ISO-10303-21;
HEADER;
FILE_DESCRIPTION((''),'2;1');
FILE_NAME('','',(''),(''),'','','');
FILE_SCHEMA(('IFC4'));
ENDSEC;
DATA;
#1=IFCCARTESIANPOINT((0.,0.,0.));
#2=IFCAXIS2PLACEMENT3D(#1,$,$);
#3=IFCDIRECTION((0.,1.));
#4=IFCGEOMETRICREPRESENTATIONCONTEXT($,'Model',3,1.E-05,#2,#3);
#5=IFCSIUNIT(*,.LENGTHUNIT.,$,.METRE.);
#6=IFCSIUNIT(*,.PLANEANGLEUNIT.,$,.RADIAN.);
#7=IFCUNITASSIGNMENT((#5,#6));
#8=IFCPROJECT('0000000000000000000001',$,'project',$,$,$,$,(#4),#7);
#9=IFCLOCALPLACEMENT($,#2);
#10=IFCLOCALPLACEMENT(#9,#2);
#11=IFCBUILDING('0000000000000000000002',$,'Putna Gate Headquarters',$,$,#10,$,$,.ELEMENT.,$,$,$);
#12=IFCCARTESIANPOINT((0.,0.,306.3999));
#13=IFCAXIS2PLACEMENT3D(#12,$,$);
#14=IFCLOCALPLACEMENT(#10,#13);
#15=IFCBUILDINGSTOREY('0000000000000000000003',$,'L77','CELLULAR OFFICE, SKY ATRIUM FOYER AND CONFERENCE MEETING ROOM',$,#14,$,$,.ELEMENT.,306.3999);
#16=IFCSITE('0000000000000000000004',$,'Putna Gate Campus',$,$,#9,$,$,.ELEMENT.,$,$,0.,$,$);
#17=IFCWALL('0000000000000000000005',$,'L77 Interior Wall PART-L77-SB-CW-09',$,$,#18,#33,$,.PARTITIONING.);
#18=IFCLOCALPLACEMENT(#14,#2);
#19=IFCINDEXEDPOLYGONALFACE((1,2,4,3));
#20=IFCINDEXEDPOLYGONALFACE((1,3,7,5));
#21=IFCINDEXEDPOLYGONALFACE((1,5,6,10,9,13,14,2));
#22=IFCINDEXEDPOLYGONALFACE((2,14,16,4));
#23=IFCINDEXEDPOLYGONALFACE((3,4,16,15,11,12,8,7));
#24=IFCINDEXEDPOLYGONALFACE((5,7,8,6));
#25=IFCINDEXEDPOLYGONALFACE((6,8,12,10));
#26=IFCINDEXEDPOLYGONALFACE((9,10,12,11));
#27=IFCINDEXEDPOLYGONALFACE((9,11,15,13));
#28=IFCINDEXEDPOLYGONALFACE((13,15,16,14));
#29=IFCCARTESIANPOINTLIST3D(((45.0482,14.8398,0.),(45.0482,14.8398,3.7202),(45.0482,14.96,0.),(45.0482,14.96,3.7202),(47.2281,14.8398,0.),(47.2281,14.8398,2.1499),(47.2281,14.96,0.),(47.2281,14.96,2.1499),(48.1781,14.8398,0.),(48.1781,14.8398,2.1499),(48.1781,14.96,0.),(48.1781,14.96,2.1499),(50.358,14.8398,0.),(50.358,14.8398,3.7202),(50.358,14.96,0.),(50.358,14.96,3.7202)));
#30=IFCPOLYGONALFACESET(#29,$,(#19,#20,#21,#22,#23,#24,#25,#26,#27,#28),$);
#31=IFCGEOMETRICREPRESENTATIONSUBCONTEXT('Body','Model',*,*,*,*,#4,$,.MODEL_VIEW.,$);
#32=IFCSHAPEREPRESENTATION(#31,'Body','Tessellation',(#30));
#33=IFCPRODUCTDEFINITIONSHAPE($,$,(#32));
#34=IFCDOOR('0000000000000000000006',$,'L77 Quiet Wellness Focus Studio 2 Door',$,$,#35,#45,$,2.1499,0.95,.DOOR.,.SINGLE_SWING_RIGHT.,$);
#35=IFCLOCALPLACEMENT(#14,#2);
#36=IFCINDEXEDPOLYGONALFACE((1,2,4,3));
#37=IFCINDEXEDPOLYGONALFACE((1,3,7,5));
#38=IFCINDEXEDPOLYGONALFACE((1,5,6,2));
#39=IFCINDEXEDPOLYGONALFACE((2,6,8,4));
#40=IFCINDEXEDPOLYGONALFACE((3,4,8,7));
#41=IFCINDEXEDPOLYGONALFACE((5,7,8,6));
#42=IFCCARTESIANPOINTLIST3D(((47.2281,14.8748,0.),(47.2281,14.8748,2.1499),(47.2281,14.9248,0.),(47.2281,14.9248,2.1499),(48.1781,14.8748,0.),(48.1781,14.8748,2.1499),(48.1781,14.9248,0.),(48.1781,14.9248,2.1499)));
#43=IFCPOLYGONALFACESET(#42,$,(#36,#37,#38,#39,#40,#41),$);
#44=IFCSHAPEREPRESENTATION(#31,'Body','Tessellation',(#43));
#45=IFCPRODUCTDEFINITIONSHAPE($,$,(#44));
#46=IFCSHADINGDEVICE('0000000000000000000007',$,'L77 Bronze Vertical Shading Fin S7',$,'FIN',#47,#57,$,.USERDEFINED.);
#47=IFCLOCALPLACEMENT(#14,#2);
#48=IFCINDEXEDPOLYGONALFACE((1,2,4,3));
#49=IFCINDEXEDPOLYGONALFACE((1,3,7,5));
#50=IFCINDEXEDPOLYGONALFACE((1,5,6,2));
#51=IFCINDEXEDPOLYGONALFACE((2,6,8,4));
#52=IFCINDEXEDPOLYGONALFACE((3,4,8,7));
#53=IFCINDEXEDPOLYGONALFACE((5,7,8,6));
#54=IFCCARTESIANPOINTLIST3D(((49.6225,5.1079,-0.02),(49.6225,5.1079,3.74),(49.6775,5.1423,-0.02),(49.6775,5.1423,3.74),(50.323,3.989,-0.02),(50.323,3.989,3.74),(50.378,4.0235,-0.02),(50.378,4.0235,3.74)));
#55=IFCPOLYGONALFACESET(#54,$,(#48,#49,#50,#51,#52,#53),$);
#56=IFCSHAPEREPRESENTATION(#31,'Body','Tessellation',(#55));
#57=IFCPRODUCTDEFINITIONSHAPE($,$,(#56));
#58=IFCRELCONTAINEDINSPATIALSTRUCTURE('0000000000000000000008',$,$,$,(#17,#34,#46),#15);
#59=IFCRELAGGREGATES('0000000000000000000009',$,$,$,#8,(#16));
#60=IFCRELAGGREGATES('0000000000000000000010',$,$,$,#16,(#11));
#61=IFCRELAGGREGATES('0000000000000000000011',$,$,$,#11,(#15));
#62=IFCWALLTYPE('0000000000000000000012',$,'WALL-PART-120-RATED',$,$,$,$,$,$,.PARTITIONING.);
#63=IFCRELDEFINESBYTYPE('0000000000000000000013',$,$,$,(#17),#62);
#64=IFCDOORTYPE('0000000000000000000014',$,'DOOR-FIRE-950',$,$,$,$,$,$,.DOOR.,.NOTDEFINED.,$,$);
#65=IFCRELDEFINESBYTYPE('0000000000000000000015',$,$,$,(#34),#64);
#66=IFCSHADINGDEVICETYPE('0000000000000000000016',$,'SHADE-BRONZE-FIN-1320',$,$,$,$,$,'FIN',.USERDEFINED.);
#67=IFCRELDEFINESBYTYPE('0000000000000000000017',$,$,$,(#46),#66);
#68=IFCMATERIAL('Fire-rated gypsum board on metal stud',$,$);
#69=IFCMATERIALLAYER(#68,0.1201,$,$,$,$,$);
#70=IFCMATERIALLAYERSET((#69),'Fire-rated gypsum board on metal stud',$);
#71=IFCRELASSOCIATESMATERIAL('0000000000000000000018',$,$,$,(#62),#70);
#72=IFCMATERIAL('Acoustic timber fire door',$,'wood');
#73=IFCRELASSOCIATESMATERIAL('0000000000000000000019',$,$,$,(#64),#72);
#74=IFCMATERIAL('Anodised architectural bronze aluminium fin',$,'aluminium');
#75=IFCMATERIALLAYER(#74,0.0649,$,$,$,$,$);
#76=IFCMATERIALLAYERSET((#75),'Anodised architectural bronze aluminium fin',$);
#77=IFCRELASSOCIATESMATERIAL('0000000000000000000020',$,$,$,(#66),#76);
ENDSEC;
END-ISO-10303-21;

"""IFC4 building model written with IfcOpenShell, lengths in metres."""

from ifc_helpers import new_model, si_unit, direction, frame, frame_2d, origin, origin_2d, place, context, subcontext, project, spatial, rectangle, extrude, material, layer, layer_set, type_object, element, fill, save


model = new_model("IFC4")

# Units and contexts
model_context = context("Model", 3, precision=1e-05, world=origin(), true_north=direction((0.0, 1.0)))
body_context = subcontext(model_context, "Body", "Model", "MODEL_VIEW")
ifc_project = project(units=[si_unit("LENGTHUNIT", "METRE"), si_unit("PLANEANGLEUNIT", "RADIAN")], contexts=[model_context])

# Site, building, storey
site_placement = place(None, origin())
site = spatial("IfcSite", under=ifc_project, at=site_placement, Name="Putna Gate Campus", CompositionType="ELEMENT", RefElevation=0.0)
building_placement = place(site_placement, origin())
building = spatial("IfcBuilding", under=site, at=building_placement, Name="Putna Gate Headquarters", CompositionType="ELEMENT")
storey_placement = place(building_placement, frame((0.0, 0.0, 306.3999)))
storey = spatial("IfcBuildingStorey", under=building, at=storey_placement, Name="L77", Description="CELLULAR OFFICE, SKY ATRIUM FOYER AND CONFERENCE MEETING ROOM", CompositionType="ELEMENT", Elevation=306.3999)

# Wall, opening, door
ifc_material_1 = material(Name="Fire-rated gypsum board on metal stud")
ifc_layer_1 = layer(ifc_material_1, 0.1201)
ifc_layer_set_1 = layer_set([ifc_layer_1], Name="Fire-rated gypsum board on metal stud")
wall_type_1 = type_object("IfcWallType", Name="WALL-PART-120-RATED", PredefinedType="PARTITIONING", material=ifc_layer_set_1)
ifc_material_2 = material(Name="Acoustic timber fire door", Category="wood")
door_type = type_object("IfcDoorType", Name="DOOR-FIRE-950", OperationType="NOTDEFINED", PredefinedType="DOOR", material=ifc_material_2)
wall_1_placement = place(storey_placement, frame((45.0483, 14.8999, 0.0), z_axis=(0.0, 0.0, 1.0), x_axis=(1.0, 0.0, 0.0)))
wall_1 = element("IfcWall", 1, at=wall_1_placement, inside=storey, type_object=wall_type_1, Name="L77 Interior Wall PART-L77-SB-CW-09", PredefinedType="PARTITIONING", context=body_context, shape_type="SweptSolid", body=[
    extrude(rectangle(XDim=5.3098, YDim=0.1201, at=frame_2d((2.6548, 0.0))), origin(), (0.0, 0.0, 1.0), 3.7202),
])
opening_1_placement = place(wall_1_placement, frame((2.1797, 0.0, 0.0)))
opening_1 = element("IfcOpeningElement", 2, at=opening_1_placement, cuts=wall_1, PredefinedType="OPENING", context=body_context, shape_type="SweptSolid", body=[
    extrude(rectangle(XDim=0.95, YDim=2.1499, at=frame_2d((0.4751, 1.075))), frame((0.0, 0.0701, 0.0), z_axis=(0.0, -1.0, 0.0), x_axis=(1.0, 0.0, 0.0)), (0.0, 0.0, 1.0), 0.1401),
])
door_1_placement = place(opening_1_placement, origin())
door_1 = element("IfcDoor", 3, at=door_1_placement, inside=storey, type_object=door_type, Name="L77 Quiet Wellness Focus Studio 2 Door", OperationType="SINGLE_SWING_RIGHT", OverallHeight=2.1499, OverallWidth=0.95, PredefinedType="DOOR", context=body_context, shape_type="SweptSolid", body=[
    extrude(rectangle(XDim=0.95, YDim=2.1499, at=frame_2d((0.4751, 1.075))), frame((0.0, 0.0249, 0.0), z_axis=(0.0, -1.0, 0.0), x_axis=(1.0, 0.0, 0.0)), (0.0, 0.0, 1.0), 0.05),
])
fill(opening_1, door_1)

# Shading device
ifc_material_3 = material(Name="Anodised architectural bronze aluminium fin", Category="aluminium")
ifc_layer_2 = layer(ifc_material_3, 0.0649)
ifc_layer_set_2 = layer_set([ifc_layer_2], Name="Anodised architectural bronze aluminium fin")
shading_device_type = type_object("IfcShadingDeviceType", Name="SHADE-BRONZE-FIN-1320", ElementType="FIN", PredefinedType="USERDEFINED", material=ifc_layer_set_2)
shading_device_placement = place(storey_placement, frame((50.0002, 4.5657, -0.02), z_axis=(0.0, 0.0, 1.0), x_axis=(0.530659, -0.847585, 0.0)))
element("IfcShadingDevice", 4, at=shading_device_placement, inside=storey, type_object=shading_device_type, Name="L77 Bronze Vertical Shading Fin S7", ObjectType="FIN", PredefinedType="USERDEFINED", context=body_context, shape_type="SweptSolid", body=[
    extrude(rectangle(XDim=1.3201, YDim=0.0649, at=origin_2d()), origin(), (0.0, 0.0, 1.0), 3.76),
])

save(model, "model.ifc")
